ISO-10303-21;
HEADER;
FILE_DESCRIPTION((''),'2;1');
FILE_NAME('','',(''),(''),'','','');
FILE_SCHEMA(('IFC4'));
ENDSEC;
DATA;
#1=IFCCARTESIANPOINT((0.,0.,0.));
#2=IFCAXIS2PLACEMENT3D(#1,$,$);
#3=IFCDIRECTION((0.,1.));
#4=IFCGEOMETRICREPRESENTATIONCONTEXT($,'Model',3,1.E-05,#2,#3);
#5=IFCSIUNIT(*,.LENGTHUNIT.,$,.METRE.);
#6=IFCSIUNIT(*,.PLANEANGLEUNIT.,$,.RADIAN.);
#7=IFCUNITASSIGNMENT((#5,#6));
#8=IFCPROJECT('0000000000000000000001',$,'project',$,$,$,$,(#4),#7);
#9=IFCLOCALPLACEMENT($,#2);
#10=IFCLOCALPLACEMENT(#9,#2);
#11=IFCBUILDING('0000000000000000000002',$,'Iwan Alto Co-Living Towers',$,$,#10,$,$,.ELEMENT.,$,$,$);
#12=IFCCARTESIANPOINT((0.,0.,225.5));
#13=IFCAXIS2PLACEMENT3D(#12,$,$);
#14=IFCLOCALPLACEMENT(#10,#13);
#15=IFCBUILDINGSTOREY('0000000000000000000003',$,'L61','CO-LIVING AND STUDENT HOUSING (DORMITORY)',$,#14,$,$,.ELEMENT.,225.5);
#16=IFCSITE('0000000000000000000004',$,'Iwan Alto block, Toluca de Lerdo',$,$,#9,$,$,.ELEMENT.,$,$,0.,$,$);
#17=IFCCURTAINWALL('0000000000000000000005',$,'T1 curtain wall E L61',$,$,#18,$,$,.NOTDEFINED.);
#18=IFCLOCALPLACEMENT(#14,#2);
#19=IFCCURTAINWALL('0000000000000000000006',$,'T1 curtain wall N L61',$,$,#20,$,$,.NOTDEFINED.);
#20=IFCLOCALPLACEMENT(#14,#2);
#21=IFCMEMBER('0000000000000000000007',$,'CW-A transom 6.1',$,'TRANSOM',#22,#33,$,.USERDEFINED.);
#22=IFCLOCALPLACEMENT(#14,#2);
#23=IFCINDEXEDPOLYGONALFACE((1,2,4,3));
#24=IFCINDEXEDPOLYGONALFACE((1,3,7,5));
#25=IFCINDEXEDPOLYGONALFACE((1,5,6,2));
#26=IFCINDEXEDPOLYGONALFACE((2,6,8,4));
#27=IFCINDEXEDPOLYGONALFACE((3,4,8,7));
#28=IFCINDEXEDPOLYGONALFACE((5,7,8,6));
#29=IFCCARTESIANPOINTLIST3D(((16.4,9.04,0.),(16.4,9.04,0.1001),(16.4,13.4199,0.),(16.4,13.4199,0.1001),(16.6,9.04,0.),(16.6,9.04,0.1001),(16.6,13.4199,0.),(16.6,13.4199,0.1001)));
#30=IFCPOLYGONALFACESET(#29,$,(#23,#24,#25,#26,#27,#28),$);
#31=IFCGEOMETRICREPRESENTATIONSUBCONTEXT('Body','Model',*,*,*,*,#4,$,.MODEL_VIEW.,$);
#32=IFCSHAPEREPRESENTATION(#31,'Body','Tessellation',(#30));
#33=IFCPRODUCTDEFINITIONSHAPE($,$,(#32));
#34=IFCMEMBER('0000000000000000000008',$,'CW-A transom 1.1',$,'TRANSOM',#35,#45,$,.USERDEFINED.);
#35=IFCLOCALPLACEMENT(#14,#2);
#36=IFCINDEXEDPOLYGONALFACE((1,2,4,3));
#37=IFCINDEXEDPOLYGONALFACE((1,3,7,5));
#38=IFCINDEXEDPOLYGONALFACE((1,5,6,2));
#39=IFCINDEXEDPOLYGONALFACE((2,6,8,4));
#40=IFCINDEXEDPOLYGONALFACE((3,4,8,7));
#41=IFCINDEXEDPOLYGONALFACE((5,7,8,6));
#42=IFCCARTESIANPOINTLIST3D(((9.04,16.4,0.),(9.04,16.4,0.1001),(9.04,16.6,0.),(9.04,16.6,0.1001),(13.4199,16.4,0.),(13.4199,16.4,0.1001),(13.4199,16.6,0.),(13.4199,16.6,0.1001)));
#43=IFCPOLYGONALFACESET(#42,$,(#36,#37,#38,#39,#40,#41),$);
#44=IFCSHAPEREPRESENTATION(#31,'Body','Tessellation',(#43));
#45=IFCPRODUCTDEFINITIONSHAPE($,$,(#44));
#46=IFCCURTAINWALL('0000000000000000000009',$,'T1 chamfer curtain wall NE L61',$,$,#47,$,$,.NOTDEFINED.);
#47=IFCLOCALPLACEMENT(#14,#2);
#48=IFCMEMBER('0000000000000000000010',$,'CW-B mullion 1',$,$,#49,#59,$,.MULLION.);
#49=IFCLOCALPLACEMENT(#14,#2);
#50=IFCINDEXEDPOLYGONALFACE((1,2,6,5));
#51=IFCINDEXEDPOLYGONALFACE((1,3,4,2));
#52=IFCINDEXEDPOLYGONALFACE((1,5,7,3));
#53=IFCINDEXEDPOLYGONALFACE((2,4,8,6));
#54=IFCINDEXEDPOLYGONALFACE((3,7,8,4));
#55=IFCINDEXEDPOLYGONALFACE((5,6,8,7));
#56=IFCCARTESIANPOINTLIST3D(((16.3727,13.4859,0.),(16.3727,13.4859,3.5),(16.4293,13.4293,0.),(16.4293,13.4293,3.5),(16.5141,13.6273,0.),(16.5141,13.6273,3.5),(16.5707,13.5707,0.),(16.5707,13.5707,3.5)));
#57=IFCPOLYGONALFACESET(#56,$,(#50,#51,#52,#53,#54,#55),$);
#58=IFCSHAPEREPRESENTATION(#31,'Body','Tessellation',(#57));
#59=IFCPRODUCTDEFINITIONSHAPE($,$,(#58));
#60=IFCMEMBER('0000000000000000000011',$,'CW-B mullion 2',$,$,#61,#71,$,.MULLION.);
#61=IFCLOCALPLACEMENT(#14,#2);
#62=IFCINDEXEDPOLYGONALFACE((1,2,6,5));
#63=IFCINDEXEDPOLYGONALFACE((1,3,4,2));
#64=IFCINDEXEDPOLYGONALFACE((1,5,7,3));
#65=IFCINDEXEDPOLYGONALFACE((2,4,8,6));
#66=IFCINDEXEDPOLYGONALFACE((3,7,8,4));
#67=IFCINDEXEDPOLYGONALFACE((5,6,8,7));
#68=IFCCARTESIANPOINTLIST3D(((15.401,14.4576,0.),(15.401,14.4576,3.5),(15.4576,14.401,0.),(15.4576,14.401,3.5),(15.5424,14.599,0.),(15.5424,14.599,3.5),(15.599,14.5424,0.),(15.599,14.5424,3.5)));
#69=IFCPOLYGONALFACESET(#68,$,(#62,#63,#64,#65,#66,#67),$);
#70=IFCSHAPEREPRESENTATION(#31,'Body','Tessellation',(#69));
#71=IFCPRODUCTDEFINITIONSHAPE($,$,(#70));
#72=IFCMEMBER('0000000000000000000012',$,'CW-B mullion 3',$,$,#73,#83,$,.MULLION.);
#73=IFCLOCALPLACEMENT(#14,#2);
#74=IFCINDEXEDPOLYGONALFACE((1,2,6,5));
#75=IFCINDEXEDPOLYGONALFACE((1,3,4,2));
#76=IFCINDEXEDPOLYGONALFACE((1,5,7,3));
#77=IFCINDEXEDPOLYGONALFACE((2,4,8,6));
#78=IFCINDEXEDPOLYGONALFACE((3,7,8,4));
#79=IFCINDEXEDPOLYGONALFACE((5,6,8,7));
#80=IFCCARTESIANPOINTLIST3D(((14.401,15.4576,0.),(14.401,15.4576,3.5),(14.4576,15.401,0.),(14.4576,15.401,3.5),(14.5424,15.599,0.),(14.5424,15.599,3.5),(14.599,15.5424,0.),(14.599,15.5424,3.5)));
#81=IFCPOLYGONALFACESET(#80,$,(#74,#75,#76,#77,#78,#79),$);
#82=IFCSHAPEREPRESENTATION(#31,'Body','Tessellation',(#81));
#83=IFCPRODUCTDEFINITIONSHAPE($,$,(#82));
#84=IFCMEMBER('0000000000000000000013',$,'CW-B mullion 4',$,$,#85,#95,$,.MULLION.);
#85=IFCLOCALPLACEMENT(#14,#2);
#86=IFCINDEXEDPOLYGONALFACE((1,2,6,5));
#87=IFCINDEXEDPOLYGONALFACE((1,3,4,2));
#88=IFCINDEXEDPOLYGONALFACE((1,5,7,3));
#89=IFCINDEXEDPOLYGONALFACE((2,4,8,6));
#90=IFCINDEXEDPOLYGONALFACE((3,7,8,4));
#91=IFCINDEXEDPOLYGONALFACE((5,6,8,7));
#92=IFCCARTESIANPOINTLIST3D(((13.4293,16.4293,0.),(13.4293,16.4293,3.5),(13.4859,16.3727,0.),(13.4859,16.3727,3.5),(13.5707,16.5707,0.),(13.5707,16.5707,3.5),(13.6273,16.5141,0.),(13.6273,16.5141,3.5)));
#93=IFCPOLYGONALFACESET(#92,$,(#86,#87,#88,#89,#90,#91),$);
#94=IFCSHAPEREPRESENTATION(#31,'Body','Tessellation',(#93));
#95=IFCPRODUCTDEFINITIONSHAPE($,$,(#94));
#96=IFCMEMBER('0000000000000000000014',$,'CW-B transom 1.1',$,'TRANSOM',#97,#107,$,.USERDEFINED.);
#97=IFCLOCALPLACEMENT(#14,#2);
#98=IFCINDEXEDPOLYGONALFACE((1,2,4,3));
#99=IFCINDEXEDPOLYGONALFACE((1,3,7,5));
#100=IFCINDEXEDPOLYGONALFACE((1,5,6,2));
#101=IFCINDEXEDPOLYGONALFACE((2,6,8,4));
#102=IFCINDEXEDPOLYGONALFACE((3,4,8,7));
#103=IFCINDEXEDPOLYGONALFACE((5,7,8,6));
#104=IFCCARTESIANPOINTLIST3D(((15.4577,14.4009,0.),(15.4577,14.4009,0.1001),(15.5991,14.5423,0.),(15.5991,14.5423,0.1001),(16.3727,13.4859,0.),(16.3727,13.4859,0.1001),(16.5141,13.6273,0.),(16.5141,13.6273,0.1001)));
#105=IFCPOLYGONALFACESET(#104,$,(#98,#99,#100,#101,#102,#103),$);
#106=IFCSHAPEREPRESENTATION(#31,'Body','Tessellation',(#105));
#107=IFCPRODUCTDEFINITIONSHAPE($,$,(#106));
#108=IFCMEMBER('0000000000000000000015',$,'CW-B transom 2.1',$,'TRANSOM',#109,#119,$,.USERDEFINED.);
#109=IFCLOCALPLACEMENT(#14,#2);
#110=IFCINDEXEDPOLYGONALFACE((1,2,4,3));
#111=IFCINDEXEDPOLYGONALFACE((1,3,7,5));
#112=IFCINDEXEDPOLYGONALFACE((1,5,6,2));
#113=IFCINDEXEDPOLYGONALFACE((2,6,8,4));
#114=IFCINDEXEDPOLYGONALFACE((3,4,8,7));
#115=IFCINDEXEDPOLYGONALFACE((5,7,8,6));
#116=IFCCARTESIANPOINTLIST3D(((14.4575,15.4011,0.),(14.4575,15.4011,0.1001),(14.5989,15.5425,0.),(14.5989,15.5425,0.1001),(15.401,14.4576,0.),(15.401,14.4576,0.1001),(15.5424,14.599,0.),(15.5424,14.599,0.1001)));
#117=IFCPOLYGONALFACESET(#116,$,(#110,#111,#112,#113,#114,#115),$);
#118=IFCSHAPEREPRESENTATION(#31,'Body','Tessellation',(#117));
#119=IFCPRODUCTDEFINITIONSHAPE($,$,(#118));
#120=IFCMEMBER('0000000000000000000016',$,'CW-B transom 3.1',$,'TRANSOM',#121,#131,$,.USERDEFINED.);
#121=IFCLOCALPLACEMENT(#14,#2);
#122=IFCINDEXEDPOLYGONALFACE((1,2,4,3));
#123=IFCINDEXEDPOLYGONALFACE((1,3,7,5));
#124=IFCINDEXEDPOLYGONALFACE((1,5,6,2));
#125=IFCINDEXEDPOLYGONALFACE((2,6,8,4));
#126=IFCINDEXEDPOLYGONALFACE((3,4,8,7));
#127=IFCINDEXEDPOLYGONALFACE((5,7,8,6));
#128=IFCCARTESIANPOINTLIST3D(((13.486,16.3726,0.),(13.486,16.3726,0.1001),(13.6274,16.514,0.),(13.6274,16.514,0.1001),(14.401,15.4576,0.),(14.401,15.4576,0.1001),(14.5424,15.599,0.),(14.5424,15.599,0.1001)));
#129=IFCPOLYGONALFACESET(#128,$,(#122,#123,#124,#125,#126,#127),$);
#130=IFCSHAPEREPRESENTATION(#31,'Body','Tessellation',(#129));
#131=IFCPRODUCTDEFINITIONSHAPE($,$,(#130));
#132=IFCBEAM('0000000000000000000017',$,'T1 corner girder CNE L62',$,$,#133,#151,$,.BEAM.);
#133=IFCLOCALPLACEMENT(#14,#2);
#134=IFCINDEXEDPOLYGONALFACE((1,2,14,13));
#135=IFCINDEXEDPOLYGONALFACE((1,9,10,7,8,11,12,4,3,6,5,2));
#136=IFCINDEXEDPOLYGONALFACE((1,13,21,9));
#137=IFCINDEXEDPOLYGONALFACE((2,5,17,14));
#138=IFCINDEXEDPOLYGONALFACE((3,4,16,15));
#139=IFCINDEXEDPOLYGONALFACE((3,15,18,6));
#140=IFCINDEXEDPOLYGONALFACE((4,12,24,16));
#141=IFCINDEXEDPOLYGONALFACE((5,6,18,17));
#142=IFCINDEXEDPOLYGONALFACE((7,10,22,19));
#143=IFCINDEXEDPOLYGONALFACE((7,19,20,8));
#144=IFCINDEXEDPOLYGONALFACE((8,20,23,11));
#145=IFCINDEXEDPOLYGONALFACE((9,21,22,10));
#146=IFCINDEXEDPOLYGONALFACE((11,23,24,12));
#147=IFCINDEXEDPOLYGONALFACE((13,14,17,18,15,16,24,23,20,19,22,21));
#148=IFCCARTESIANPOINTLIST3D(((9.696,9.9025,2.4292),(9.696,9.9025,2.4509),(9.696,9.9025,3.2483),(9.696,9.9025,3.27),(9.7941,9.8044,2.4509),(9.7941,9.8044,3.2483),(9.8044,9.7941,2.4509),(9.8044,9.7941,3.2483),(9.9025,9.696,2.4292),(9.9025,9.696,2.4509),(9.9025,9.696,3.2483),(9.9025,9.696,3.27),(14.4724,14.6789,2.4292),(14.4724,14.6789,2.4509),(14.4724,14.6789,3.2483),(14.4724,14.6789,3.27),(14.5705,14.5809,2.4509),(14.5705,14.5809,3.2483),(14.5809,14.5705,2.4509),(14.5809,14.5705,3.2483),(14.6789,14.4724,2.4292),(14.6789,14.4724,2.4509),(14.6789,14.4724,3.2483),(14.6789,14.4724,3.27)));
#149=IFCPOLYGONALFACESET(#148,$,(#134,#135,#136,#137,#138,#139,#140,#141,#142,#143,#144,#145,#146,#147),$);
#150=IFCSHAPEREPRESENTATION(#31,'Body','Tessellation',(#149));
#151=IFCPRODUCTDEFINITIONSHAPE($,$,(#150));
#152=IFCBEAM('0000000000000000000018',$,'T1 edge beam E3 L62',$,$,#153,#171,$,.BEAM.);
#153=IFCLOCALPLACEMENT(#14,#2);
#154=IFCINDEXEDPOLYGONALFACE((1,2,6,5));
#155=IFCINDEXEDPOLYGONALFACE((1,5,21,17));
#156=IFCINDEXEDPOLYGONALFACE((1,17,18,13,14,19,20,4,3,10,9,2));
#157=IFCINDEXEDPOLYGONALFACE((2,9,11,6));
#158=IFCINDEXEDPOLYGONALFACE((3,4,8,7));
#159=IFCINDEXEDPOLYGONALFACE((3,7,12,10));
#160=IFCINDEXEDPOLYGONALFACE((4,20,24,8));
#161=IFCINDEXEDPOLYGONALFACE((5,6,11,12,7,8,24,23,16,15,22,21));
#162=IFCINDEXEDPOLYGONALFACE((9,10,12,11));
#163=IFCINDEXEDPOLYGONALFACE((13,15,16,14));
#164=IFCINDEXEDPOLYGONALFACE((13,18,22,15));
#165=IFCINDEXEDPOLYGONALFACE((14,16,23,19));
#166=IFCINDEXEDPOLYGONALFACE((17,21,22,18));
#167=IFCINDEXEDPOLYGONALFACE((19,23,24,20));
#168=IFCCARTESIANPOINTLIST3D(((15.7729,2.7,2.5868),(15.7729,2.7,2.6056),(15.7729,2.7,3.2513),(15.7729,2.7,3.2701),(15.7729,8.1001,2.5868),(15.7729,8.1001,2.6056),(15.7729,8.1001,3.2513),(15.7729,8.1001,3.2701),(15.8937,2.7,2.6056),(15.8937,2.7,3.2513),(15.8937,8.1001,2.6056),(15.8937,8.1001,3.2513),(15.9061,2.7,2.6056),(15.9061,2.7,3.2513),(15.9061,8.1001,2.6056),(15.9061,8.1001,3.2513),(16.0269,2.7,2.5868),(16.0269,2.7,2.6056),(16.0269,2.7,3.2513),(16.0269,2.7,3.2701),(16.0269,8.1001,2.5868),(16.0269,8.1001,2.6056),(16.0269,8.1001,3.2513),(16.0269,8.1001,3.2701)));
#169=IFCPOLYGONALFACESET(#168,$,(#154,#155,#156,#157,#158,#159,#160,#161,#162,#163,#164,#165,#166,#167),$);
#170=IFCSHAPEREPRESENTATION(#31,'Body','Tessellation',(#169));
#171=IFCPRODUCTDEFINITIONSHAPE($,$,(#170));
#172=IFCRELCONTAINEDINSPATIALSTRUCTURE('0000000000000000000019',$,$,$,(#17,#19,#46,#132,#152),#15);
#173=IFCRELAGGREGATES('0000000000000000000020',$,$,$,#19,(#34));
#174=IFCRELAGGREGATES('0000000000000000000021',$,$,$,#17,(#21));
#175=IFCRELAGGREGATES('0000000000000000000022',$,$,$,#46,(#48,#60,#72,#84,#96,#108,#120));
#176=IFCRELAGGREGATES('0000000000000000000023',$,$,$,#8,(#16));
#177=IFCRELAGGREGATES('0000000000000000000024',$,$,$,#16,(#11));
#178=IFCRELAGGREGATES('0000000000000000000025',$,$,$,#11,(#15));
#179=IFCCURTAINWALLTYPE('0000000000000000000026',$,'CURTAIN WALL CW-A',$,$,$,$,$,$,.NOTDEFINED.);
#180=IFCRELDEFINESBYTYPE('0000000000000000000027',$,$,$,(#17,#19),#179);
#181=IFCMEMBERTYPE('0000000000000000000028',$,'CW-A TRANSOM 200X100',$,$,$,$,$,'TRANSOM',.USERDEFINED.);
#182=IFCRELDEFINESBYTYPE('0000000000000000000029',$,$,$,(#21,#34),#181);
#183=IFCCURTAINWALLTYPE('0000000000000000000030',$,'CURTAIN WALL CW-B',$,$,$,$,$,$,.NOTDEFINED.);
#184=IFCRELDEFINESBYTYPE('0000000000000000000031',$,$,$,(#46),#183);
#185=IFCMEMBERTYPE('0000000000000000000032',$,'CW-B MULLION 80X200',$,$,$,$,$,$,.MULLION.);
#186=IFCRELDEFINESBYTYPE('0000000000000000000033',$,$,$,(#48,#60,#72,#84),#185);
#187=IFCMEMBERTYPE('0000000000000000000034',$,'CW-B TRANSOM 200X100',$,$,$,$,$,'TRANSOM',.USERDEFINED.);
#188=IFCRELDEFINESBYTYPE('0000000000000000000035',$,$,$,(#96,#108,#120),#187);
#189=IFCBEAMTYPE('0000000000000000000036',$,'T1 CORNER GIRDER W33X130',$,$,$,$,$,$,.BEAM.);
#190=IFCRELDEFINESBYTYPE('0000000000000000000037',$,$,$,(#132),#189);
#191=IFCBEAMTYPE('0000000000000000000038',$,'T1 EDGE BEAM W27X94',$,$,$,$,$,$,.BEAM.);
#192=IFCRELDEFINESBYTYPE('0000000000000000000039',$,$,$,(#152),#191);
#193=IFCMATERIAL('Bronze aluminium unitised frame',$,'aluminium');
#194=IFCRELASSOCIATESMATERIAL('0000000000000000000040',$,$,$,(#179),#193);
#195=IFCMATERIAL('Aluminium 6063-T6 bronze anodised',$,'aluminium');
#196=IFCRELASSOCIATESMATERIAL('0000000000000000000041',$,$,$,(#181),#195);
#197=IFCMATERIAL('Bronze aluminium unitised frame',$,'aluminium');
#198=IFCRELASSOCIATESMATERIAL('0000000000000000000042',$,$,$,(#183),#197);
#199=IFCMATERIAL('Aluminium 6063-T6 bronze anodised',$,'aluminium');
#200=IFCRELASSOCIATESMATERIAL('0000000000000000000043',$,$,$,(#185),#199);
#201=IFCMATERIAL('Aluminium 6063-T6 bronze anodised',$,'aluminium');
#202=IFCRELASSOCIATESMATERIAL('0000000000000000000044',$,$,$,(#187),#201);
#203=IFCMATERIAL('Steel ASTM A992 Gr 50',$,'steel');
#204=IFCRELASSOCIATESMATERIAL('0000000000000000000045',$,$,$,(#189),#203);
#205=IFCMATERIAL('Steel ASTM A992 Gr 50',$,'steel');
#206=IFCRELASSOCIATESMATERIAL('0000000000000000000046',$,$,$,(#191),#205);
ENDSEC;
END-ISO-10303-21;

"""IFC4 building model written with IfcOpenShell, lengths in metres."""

from ifc_helpers import new_model, si_unit, direction, frame, origin, origin_2d, place, context, subcontext, project, spatial, rectangle, i_section, extrude, material, material_profile, profile_set, type_object, element, aggregate, save


model = new_model("IFC4")

# Units and contexts
model_context = context("Model", 3, precision=1e-05, world=origin(), true_north=direction((0.0, 1.0)))
body_context = subcontext(model_context, "Body", "Model", "MODEL_VIEW")
ifc_project = project(units=[si_unit("LENGTHUNIT", "METRE"), si_unit("PLANEANGLEUNIT", "RADIAN")], contexts=[model_context])

# Site, building, storey
site_placement = place(None, origin())
site = spatial("IfcSite", under=ifc_project, at=site_placement, Name="Iwan Alto block, Toluca de Lerdo", CompositionType="ELEMENT", RefElevation=0.0)
building_placement = place(site_placement, origin())
building = spatial("IfcBuilding", under=site, at=building_placement, Name="Iwan Alto Co-Living Towers", CompositionType="ELEMENT")
storey_placement = place(building_placement, frame((0.0, 0.0, 225.5)))
storey = spatial("IfcBuildingStorey", under=building, at=storey_placement, Name="L61", Description="CO-LIVING AND STUDENT HOUSING (DORMITORY)", CompositionType="ELEMENT", Elevation=225.5)

# Curtain wall
ifc_material_1 = material(Name="Bronze aluminium unitised frame", Category="aluminium")
curtain_wall_type_1 = type_object("IfcCurtainWallType", Name="CURTAIN WALL CW-A", PredefinedType="NOTDEFINED", material=ifc_material_1)
curtain_wall_1_placement = place(storey_placement, origin())
curtain_wall_1 = element("IfcCurtainWall", 1, at=curtain_wall_1_placement, inside=storey, type_object=curtain_wall_type_1, Name="T1 curtain wall E L61", PredefinedType="NOTDEFINED")

# Curtain wall
curtain_wall_2_placement = place(storey_placement, origin())
curtain_wall_2 = element("IfcCurtainWall", 2, at=curtain_wall_2_placement, inside=storey, type_object=curtain_wall_type_1, Name="T1 curtain wall N L61", PredefinedType="NOTDEFINED")

# Members
ifc_material_2 = material(Name="Aluminium 6063-T6 bronze anodised", Category="aluminium")
ifc_material_profile_1 = material_profile(ifc_material_2, rectangle(XDim=0.2, YDim=0.1001, at=origin_2d()), Name="AL 200X100")
ifc_profile_set_1 = profile_set([ifc_material_profile_1], Name="Aluminium 6063-T6 bronze anodised")
member_type_1 = type_object("IfcMemberType", Name="CW-A TRANSOM 200X100", ElementType="TRANSOM", PredefinedType="USERDEFINED", material=ifc_profile_set_1)
member_1_placement = place(storey_placement, frame((16.5, 9.04, 0.05), z_axis=(0.0, 1.0, 0.0), x_axis=(-1.0, 0.0, 0.0)))
member_1 = element("IfcMember", 3, at=member_1_placement, type_object=member_type_1, Name="CW-A transom 6.1", ObjectType="TRANSOM", PredefinedType="USERDEFINED", context=body_context, shape_type="SweptSolid", body=[
    extrude(rectangle(XDim=0.2, YDim=0.1001, at=origin_2d()), origin(), (0.0, 0.0, 1.0), 4.3799),
])
member_2_placement = place(storey_placement, frame((13.4199, 16.5, 0.05), z_axis=(-1.0, 0.0, 0.0), x_axis=(0.0, -1.0, 0.0)))
member_2 = element("IfcMember", 4, at=member_2_placement, type_object=member_type_1, Name="CW-A transom 1.1", ObjectType="TRANSOM", PredefinedType="USERDEFINED", context=body_context, shape_type="SweptSolid", body=[
    extrude(rectangle(XDim=0.2, YDim=0.1001, at=origin_2d()), origin(), (0.0, 0.0, 1.0), 4.3799),
])
aggregate(curtain_wall_2, [member_2])

# Curtain wall, members
ifc_material_3 = material(Name="Bronze aluminium unitised frame", Category="aluminium")
curtain_wall_type_2 = type_object("IfcCurtainWallType", Name="CURTAIN WALL CW-B", PredefinedType="NOTDEFINED", material=ifc_material_3)
curtain_wall_3_placement = place(storey_placement, origin())
curtain_wall_3 = element("IfcCurtainWall", 5, at=curtain_wall_3_placement, inside=storey, type_object=curtain_wall_type_2, Name="T1 chamfer curtain wall NE L61", PredefinedType="NOTDEFINED")
ifc_material_4 = material(Name="Aluminium 6063-T6 bronze anodised", Category="aluminium")
ifc_material_profile_2 = material_profile(ifc_material_4, rectangle(XDim=0.2, YDim=0.0801, at=origin_2d()), Name="AL 80X200")
ifc_profile_set_2 = profile_set([ifc_material_profile_2], Name="Aluminium 6063-T6 bronze anodised")
member_type_2 = type_object("IfcMemberType", Name="CW-B MULLION 80X200", PredefinedType="MULLION", material=ifc_profile_set_2)
member_3_placement = place(storey_placement, frame((16.4717, 13.5283, 0.0), z_axis=(0.0, 0.0, 1.0), x_axis=(-0.707107, -0.707107, 0.0)))
member_3 = element("IfcMember", 6, at=member_3_placement, type_object=member_type_2, Name="CW-B mullion 1", PredefinedType="MULLION", context=body_context, shape_type="SweptSolid", body=[
    extrude(rectangle(XDim=0.2, YDim=0.0801, at=origin_2d()), origin(), (0.0, 0.0, 1.0), 3.5),
])
member_4_placement = place(storey_placement, frame((15.5, 14.5, 0.0), z_axis=(0.0, 0.0, 1.0), x_axis=(-0.707107, -0.707107, 0.0)))
member_4 = element("IfcMember", 7, at=member_4_placement, type_object=member_type_2, Name="CW-B mullion 2", PredefinedType="MULLION", context=body_context, shape_type="SweptSolid", body=[
    extrude(rectangle(XDim=0.2, YDim=0.0801, at=origin_2d()), origin(), (0.0, 0.0, 1.0), 3.5),
])
member_5_placement = place(storey_placement, frame((14.5, 15.5, 0.0), z_axis=(0.0, 0.0, 1.0), x_axis=(-0.707107, -0.707107, 0.0)))
member_5 = element("IfcMember", 8, at=member_5_placement, type_object=member_type_2, Name="CW-B mullion 3", PredefinedType="MULLION", context=body_context, shape_type="SweptSolid", body=[
    extrude(rectangle(XDim=0.2, YDim=0.0801, at=origin_2d()), origin(), (0.0, 0.0, 1.0), 3.5),
])
member_6_placement = place(storey_placement, frame((13.5283, 16.4717, 0.0), z_axis=(0.0, 0.0, 1.0), x_axis=(-0.707107, -0.707107, 0.0)))
member_6 = element("IfcMember", 9, at=member_6_placement, type_object=member_type_2, Name="CW-B mullion 4", PredefinedType="MULLION", context=body_context, shape_type="SweptSolid", body=[
    extrude(rectangle(XDim=0.2, YDim=0.0801, at=origin_2d()), origin(), (0.0, 0.0, 1.0), 3.5),
])
ifc_material_5 = material(Name="Aluminium 6063-T6 bronze anodised", Category="aluminium")
ifc_material_profile_3 = material_profile(ifc_material_5, rectangle(XDim=0.2, YDim=0.1001, at=origin_2d()), Name="AL 200X100")
ifc_profile_set_3 = profile_set([ifc_material_profile_3], Name="Aluminium 6063-T6 bronze anodised")
member_type_3 = type_object("IfcMemberType", Name="CW-B TRANSOM 200X100", ElementType="TRANSOM", PredefinedType="USERDEFINED", material=ifc_profile_set_3)
member_7_placement = place(storey_placement, frame((16.4434, 13.5566, 0.05), z_axis=(-0.707107, 0.707107, 0.0), x_axis=(-0.707107, -0.707107, 0.0)))
member_7 = element("IfcMember", 10, at=member_7_placement, type_object=member_type_3, Name="CW-B transom 1.1", ObjectType="TRANSOM", PredefinedType="USERDEFINED", context=body_context, shape_type="SweptSolid", body=[
    extrude(rectangle(XDim=0.2, YDim=0.1001, at=origin_2d()), origin(), (0.0, 0.0, 1.0), 1.2939),
])
member_8_placement = place(storey_placement, frame((15.4717, 14.5283, 0.05), z_axis=(-0.707107, 0.707107, 0.0), x_axis=(-0.707107, -0.707107, 0.0)))
member_8 = element("IfcMember", 11, at=member_8_placement, type_object=member_type_3, Name="CW-B transom 2.1", ObjectType="TRANSOM", PredefinedType="USERDEFINED", context=body_context, shape_type="SweptSolid", body=[
    extrude(rectangle(XDim=0.2, YDim=0.1001, at=origin_2d()), origin(), (0.0, 0.0, 1.0), 1.3342),
])
member_9_placement = place(storey_placement, frame((14.4717, 15.5283, 0.05), z_axis=(-0.707107, 0.707107, 0.0), x_axis=(-0.707107, -0.707107, 0.0)))
member_9 = element("IfcMember", 12, at=member_9_placement, type_object=member_type_3, Name="CW-B transom 3.1", ObjectType="TRANSOM", PredefinedType="USERDEFINED", context=body_context, shape_type="SweptSolid", body=[
    extrude(rectangle(XDim=0.2, YDim=0.1001, at=origin_2d()), origin(), (0.0, 0.0, 1.0), 1.2939),
])

# Beams
ifc_material_6 = material(Name="Steel ASTM A992 Gr 50", Category="steel")
ifc_material_profile_4 = material_profile(ifc_material_6, i_section(OverallWidth=0.292, OverallDepth=0.8408, WebThickness=0.0146, FlangeThickness=0.0217, at=origin_2d()), Name="W33X130")
ifc_profile_set_4 = profile_set([ifc_material_profile_4], Name="Steel ASTM A992 Gr 50")
beam_type_1 = type_object("IfcBeamType", Name="T1 CORNER GIRDER W33X130", PredefinedType="BEAM", material=ifc_profile_set_4)
beam_1_placement = place(storey_placement, frame((14.5757, 14.5757, 2.8496), z_axis=(-0.707107, -0.707107, 0.0), x_axis=(0.707107, -0.707107, 0.0)))
element("IfcBeam", 13, at=beam_1_placement, inside=storey, type_object=beam_type_1, Name="T1 corner girder CNE L62", PredefinedType="BEAM", context=body_context, shape_type="SweptSolid", body=[
    extrude(i_section(OverallWidth=0.292, OverallDepth=0.8408, WebThickness=0.0146, FlangeThickness=0.0217, at=origin_2d()), origin(), (0.0, 0.0, 1.0), 6.7549),
])
ifc_material_7 = material(Name="Steel ASTM A992 Gr 50", Category="steel")
ifc_material_profile_5 = material_profile(ifc_material_7, i_section(OverallWidth=0.2539, OverallDepth=0.6833, WebThickness=0.0125, FlangeThickness=0.0188, at=origin_2d()), Name="W27X94")
ifc_profile_set_5 = profile_set([ifc_material_profile_5], Name="Steel ASTM A992 Gr 50")
beam_type_2 = type_object("IfcBeamType", Name="T1 EDGE BEAM W27X94", PredefinedType="BEAM", material=ifc_profile_set_5)
beam_2_placement = place(storey_placement, frame((15.8999, 2.7, 2.9285), z_axis=(0.0, 1.0, 0.0), x_axis=(-1.0, 0.0, 0.0)))
element("IfcBeam", 14, at=beam_2_placement, inside=storey, type_object=beam_type_2, Name="T1 edge beam E3 L62", PredefinedType="BEAM", context=body_context, shape_type="SweptSolid", body=[
    extrude(i_section(OverallWidth=0.2539, OverallDepth=0.6833, WebThickness=0.0125, FlangeThickness=0.0188, at=origin_2d()), origin(), (0.0, 0.0, 1.0), 5.4001),
])

aggregate(curtain_wall_1, [member_1])
aggregate(curtain_wall_3, [member_3, member_4, member_5, member_6, member_7, member_8, member_9])

save(model, "model.ifc")
